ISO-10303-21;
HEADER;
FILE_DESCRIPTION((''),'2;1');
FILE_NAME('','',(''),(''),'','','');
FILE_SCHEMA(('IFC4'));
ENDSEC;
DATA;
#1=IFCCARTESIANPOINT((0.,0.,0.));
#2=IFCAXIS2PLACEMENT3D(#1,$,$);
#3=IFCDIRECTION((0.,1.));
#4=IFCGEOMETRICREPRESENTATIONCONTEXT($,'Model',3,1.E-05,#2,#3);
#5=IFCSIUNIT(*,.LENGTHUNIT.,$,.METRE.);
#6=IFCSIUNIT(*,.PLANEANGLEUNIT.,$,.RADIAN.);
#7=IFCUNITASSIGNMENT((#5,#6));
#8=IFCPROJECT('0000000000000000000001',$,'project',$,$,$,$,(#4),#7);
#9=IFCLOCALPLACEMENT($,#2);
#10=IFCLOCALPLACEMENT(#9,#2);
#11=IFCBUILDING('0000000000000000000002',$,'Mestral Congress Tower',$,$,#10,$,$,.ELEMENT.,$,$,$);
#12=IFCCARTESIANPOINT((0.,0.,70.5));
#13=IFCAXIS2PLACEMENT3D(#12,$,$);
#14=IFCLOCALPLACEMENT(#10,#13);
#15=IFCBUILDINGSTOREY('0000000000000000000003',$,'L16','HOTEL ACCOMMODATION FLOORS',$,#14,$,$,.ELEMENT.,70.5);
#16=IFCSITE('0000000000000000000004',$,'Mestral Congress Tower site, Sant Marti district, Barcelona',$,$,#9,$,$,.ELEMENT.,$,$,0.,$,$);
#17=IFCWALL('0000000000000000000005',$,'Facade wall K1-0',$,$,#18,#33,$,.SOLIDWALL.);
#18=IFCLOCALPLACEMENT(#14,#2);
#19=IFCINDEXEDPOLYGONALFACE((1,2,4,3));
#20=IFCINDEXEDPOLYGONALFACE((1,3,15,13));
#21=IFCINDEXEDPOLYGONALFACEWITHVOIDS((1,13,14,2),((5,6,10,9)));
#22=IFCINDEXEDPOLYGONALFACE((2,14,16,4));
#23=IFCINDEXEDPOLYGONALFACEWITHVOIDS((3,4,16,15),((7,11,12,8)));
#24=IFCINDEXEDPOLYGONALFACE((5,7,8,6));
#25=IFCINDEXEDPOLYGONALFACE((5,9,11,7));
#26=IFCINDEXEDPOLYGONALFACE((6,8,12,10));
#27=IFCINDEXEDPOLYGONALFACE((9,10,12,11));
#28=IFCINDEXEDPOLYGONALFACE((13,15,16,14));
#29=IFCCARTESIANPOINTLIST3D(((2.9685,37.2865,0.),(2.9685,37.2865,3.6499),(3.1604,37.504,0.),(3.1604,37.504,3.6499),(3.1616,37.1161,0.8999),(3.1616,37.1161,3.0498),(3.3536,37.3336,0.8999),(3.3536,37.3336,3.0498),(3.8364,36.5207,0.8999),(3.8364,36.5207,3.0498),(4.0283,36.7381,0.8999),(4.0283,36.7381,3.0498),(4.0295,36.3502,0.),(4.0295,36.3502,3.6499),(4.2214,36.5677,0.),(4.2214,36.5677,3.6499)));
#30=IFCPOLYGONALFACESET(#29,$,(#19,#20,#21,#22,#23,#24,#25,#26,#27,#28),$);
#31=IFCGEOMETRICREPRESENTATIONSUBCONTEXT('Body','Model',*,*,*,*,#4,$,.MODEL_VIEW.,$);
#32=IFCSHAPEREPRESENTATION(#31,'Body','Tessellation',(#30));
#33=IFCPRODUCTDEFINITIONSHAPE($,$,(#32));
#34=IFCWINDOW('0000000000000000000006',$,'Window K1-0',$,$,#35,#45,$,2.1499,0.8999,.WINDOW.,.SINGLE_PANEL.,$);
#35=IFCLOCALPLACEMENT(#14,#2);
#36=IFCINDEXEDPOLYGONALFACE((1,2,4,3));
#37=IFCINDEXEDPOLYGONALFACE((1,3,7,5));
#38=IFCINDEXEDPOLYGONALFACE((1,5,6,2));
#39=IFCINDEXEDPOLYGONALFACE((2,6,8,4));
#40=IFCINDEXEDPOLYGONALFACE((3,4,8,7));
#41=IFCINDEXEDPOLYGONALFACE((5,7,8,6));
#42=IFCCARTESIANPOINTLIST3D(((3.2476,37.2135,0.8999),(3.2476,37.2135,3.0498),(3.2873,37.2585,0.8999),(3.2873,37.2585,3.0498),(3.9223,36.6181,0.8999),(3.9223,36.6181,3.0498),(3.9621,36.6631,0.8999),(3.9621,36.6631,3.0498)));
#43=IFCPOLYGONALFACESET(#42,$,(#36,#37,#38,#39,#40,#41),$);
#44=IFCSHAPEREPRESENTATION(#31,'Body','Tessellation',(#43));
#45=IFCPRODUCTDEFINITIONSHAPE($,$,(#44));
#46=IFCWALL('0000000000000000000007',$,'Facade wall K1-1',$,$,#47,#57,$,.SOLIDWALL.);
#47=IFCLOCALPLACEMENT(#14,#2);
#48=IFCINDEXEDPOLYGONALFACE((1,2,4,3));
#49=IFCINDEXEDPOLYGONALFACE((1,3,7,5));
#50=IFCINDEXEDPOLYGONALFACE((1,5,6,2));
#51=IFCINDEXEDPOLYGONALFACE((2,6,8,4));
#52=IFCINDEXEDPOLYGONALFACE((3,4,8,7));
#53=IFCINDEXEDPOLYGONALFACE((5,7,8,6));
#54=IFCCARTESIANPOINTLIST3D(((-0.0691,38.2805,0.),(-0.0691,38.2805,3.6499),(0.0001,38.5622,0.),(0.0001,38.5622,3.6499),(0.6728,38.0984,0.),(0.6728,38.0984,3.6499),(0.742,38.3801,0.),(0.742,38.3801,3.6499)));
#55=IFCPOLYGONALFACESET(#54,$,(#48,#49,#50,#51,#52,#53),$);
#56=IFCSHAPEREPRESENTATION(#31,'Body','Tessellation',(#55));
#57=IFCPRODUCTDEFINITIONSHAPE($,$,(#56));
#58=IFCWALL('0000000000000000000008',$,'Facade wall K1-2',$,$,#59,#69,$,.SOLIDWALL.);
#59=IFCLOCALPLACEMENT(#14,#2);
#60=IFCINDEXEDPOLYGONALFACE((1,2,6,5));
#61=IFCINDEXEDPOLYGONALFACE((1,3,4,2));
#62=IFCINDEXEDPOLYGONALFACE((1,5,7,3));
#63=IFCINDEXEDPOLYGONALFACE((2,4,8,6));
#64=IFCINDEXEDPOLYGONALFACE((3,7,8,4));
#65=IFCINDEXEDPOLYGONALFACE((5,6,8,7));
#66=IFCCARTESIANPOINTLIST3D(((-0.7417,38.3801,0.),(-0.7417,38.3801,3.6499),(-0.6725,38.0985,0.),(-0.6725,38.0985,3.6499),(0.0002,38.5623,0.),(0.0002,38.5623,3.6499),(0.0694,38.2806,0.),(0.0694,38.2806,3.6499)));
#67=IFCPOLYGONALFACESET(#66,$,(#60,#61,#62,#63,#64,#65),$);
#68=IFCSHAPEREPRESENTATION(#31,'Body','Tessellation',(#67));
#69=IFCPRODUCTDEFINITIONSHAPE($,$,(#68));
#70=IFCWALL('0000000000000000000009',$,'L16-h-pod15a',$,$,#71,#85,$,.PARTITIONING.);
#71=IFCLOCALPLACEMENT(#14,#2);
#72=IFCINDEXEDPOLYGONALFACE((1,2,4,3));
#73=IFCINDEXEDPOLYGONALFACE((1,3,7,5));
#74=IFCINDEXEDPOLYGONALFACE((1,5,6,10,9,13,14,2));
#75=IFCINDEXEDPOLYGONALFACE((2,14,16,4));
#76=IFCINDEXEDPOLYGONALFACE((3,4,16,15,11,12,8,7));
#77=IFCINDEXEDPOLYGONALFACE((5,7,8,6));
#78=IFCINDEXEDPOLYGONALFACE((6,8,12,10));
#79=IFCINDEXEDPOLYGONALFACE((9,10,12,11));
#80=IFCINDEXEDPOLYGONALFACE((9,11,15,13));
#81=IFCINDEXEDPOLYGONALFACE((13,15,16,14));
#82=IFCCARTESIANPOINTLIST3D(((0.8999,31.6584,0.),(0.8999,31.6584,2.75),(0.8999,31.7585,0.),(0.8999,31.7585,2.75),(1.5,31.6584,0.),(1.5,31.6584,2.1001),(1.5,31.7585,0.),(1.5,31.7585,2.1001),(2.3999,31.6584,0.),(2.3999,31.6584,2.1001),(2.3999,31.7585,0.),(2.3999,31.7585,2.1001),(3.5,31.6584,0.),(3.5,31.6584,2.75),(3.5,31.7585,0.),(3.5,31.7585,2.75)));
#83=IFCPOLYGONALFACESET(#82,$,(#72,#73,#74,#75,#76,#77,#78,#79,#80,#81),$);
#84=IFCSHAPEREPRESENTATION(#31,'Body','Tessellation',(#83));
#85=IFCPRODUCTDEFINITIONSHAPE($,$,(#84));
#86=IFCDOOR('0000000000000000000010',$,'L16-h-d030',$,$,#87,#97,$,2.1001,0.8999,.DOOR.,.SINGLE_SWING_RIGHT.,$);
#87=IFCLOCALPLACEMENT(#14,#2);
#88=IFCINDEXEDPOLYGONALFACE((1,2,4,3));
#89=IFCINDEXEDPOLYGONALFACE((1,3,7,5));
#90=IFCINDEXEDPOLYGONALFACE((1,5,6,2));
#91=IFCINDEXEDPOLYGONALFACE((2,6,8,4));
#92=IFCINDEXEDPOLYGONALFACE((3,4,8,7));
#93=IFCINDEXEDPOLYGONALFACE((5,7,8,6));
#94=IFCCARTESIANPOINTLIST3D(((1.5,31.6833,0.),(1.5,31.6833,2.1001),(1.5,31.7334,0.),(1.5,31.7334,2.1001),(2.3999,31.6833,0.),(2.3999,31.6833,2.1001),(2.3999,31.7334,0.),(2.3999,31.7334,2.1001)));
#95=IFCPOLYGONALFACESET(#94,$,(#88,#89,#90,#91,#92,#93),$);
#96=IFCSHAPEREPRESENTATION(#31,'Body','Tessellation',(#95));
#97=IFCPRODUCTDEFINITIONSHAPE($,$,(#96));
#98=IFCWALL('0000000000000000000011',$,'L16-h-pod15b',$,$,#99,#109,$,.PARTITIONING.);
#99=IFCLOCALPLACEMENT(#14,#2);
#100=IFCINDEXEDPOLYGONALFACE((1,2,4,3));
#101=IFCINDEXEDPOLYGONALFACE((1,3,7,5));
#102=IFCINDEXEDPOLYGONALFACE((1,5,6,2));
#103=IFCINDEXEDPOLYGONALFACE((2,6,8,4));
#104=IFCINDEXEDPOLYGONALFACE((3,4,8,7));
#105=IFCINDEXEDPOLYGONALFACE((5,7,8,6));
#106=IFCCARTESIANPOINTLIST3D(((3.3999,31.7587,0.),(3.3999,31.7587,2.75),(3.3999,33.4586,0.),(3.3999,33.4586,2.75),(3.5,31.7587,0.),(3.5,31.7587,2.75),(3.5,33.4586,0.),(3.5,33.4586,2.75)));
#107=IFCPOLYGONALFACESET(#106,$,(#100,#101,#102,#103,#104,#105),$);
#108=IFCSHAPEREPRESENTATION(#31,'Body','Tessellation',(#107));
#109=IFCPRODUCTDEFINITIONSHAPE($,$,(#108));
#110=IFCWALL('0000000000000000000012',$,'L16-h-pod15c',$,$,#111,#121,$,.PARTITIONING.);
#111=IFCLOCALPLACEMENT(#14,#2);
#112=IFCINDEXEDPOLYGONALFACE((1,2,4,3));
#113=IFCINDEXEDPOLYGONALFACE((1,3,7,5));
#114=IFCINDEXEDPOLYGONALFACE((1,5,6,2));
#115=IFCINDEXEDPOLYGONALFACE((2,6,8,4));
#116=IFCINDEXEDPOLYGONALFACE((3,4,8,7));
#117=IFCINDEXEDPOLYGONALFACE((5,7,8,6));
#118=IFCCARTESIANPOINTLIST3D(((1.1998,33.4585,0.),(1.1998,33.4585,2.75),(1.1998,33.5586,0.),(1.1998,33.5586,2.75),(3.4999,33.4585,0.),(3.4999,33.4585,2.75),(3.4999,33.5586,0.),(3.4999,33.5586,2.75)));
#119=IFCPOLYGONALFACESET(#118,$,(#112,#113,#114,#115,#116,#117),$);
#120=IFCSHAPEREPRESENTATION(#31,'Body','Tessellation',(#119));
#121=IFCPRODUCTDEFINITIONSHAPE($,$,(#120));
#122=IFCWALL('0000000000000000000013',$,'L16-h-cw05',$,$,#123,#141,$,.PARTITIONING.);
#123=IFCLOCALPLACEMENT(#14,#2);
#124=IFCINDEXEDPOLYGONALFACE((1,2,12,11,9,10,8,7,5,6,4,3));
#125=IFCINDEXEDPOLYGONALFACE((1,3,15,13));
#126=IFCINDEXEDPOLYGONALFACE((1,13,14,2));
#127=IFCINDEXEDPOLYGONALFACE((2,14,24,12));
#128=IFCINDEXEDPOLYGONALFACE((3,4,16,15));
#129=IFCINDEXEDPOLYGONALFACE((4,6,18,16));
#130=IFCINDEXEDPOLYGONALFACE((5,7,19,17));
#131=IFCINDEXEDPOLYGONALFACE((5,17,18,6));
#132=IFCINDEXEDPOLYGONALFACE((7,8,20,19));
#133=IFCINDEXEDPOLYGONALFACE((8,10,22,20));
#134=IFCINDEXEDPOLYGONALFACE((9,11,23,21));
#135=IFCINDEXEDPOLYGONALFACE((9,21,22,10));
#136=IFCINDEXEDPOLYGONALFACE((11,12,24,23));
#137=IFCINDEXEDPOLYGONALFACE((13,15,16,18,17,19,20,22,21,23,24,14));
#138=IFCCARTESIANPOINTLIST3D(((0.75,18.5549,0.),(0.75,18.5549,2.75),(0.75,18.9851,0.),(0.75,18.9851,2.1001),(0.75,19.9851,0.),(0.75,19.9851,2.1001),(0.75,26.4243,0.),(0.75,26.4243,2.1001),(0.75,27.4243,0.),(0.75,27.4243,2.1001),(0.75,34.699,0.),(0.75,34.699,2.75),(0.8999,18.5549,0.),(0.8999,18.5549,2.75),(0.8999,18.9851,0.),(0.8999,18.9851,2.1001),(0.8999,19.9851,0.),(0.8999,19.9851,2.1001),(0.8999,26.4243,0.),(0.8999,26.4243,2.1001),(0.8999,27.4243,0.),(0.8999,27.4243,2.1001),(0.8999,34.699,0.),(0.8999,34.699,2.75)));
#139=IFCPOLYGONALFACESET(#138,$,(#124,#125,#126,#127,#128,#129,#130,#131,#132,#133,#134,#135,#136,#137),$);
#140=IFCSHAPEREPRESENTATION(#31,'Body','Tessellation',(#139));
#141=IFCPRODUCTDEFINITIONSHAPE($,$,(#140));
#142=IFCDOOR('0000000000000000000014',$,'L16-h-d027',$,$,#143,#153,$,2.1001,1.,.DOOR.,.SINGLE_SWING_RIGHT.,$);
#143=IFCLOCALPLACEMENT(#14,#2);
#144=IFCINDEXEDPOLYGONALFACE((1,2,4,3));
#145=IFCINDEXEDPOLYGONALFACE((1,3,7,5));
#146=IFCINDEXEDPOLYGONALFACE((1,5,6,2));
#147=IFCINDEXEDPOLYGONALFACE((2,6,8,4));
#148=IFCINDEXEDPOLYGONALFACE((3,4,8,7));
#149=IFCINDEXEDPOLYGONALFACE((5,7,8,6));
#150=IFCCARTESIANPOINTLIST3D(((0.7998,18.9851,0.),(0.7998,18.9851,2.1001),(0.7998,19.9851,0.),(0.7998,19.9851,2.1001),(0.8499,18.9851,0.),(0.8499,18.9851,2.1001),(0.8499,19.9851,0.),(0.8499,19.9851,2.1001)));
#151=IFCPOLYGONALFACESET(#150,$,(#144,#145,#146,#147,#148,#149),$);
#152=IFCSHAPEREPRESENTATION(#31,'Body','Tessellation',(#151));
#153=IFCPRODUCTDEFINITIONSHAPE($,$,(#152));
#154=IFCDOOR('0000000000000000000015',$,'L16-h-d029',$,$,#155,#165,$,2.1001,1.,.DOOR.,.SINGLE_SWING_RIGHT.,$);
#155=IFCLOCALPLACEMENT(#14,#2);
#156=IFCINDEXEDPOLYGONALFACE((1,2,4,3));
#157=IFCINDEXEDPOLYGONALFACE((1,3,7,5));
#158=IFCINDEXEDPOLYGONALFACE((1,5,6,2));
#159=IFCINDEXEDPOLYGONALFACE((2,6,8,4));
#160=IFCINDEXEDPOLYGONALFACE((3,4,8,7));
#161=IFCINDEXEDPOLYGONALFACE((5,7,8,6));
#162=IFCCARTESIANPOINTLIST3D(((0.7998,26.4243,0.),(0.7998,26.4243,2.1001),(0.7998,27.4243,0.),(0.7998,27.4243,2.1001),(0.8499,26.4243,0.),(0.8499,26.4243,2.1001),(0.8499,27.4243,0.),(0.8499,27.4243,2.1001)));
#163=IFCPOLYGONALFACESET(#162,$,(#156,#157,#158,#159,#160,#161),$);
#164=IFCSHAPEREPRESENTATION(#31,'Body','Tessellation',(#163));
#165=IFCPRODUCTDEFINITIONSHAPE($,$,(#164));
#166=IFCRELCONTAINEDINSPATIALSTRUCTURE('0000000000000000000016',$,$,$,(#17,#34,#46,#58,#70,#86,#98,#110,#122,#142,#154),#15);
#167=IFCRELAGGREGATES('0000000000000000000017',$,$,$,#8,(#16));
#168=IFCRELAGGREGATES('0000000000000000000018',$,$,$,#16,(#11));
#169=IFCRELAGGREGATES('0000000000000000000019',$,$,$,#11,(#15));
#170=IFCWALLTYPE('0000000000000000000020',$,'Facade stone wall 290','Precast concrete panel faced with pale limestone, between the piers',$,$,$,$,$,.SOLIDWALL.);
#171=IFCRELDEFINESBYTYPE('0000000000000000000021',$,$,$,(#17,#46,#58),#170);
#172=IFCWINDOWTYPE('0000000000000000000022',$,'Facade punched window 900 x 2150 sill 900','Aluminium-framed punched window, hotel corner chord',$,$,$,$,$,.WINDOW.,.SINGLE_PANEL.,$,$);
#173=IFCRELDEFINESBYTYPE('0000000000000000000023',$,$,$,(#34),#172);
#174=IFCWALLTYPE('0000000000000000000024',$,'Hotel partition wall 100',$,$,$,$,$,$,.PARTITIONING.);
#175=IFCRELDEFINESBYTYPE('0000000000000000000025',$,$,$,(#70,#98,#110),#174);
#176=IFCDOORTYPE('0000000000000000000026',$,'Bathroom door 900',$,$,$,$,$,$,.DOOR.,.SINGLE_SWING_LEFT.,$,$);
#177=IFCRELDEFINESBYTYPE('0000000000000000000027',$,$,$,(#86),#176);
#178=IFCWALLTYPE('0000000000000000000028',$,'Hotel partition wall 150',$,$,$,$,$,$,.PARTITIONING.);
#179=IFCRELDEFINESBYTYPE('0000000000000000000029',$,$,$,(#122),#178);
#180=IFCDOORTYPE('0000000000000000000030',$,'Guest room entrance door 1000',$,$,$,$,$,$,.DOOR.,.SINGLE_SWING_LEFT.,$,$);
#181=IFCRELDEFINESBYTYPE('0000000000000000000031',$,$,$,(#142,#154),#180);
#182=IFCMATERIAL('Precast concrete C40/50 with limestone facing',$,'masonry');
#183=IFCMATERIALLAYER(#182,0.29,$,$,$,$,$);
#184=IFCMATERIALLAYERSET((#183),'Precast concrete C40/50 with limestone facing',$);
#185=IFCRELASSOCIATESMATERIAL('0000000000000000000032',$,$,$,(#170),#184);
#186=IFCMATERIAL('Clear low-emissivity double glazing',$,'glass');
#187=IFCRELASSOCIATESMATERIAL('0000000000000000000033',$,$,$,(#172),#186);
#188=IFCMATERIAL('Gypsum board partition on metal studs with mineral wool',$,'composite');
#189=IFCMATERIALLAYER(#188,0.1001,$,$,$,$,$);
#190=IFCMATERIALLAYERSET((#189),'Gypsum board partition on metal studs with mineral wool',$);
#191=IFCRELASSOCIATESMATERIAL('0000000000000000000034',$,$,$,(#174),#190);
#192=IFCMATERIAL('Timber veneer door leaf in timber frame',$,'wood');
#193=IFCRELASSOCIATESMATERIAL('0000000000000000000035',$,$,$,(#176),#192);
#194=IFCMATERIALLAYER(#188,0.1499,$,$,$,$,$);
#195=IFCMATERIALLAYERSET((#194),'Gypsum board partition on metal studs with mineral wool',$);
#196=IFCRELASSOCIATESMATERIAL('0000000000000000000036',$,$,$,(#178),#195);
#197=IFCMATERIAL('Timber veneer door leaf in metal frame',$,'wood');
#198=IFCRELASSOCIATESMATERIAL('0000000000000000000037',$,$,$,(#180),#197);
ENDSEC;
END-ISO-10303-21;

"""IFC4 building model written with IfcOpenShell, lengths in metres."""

from ifc_helpers import new_model, si_unit, direction, frame, frame_2d, origin, place, context, subcontext, project, spatial, rectangle, extrude, material, layer, layer_set, type_object, element, fill, save


model = new_model("IFC4")

# Units and contexts
model_context = context("Model", 3, precision=1e-05, world=origin(), true_north=direction((0.0, 1.0)))
body_context = subcontext(model_context, "Body", "Model", "MODEL_VIEW")
ifc_project = project(units=[si_unit("LENGTHUNIT", "METRE"), si_unit("PLANEANGLEUNIT", "RADIAN")], contexts=[model_context])

# Site, building, storey
site_placement = place(None, origin())
site = spatial("IfcSite", under=ifc_project, at=site_placement, Name="Mestral Congress Tower site, Sant Marti district, Barcelona", CompositionType="ELEMENT", RefElevation=0.0)
building_placement = place(site_placement, origin())
building = spatial("IfcBuilding", under=site, at=building_placement, Name="Mestral Congress Tower", CompositionType="ELEMENT")
storey_placement = place(building_placement, frame((0.0, 0.0, 70.5)))
storey = spatial("IfcBuildingStorey", under=building, at=storey_placement, Name="L16", Description="HOTEL ACCOMMODATION FLOORS", CompositionType="ELEMENT", Elevation=70.5)

# Wall, opening, window
ifc_material_1 = material(Name="Precast concrete C40/50 with limestone facing", Category="masonry")
ifc_layer_1 = layer(ifc_material_1, 0.29)
ifc_layer_set_1 = layer_set([ifc_layer_1], Name="Precast concrete C40/50 with limestone facing")
wall_type_1 = type_object("IfcWallType", Name="Facade stone wall 290", Description="Precast concrete panel faced with pale limestone, between the piers", PredefinedType="SOLIDWALL", material=ifc_layer_set_1)
wall_1_placement = place(storey_placement, frame((4.1255, 36.459, 0.0), z_axis=(0.0, 0.0, 1.0), x_axis=(-0.749813, 0.66165, 0.0)))
wall_1 = element("IfcWall", 1, at=wall_1_placement, inside=storey, type_object=wall_type_1, Name="Facade wall K1-0", PredefinedType="SOLIDWALL", context=body_context, shape_type="SweptSolid", body=[
    extrude(rectangle(XDim=1.415, YDim=0.29, at=frame_2d((0.7075, 0.0))), origin(), (0.0, 0.0, 1.0), 3.6499),
])
opening_1_placement = place(wall_1_placement, frame((0.2576, 0.0, 0.8999)))
opening_1 = element("IfcOpeningElement", 2, at=opening_1_placement, cuts=wall_1, PredefinedType="OPENING", context=body_context, shape_type="SweptSolid", body=[
    extrude(rectangle(XDim=0.8999, YDim=2.1499, at=frame_2d((0.45, 1.075))), frame((0.0, 0.155, 0.0), z_axis=(0.0, -1.0, 0.0), x_axis=(1.0, 0.0, 0.0)), (0.0, 0.0, 1.0), 0.3101),
])
ifc_material_2 = material(Name="Clear low-emissivity double glazing", Category="glass")
window_type = type_object("IfcWindowType", Name="Facade punched window 900 x 2150 sill 900", Description="Aluminium-framed punched window, hotel corner chord", PartitioningType="SINGLE_PANEL", PredefinedType="WINDOW", material=ifc_material_2)
window_placement = place(opening_1_placement, origin())
window = element("IfcWindow", 3, at=window_placement, inside=storey, type_object=window_type, Name="Window K1-0", OverallHeight=2.1499, OverallWidth=0.8999, PartitioningType="SINGLE_PANEL", PredefinedType="WINDOW", context=body_context, shape_type="SweptSolid", body=[
    extrude(rectangle(XDim=0.8999, YDim=2.1499, at=frame_2d((0.45, 1.075))), frame((0.0, 0.0151, 0.0), z_axis=(0.0, -1.0, 0.0), x_axis=(1.0, 0.0, 0.0)), (0.0, 0.0, 1.0), 0.0601),
])
fill(opening_1, window)

# Walls
for number, where, z_axis, x_axis, name in (
    (4, (0.7073, 38.2393, 0.0), (0.0, 0.0, 1.0), (-0.971168, 0.238398, 0.0), "Facade wall K1-1"),
    (5, (0.0347, 38.4214, 0.0), (0.0, 0.0, 1.0), (-0.971168, -0.238398, 0.0), "Facade wall K1-2"),
):
    element("IfcWall", number, at=place(storey_placement, frame(where, z_axis=z_axis, x_axis=x_axis)), inside=storey, type_object=wall_type_1, Name=name, PredefinedType="SOLIDWALL", context=body_context, shape_type="SweptSolid", body=[
        extrude(rectangle(XDim=0.7639, YDim=0.29, at=frame_2d((0.3818, 0.0))), origin(), (0.0, 0.0, 1.0), 3.6499),
    ])

# Wall, opening, door
ifc_material_3 = material(Name="Gypsum board partition on metal studs with mineral wool", Category="composite")
ifc_layer_2 = layer(ifc_material_3, 0.1001)
ifc_layer_set_2 = layer_set([ifc_layer_2], Name="Gypsum board partition on metal studs with mineral wool")
wall_type_2 = type_object("IfcWallType", Name="Hotel partition wall 100", PredefinedType="PARTITIONING", material=ifc_layer_set_2)
wall_2_placement = place(storey_placement, frame((0.8999, 31.7085, 0.0), z_axis=(0.0, 0.0, 1.0), x_axis=(1.0, 0.0, 0.0)))
wall_2 = element("IfcWall", 6, at=wall_2_placement, inside=storey, type_object=wall_type_2, Name="L16-h-pod15a", PredefinedType="PARTITIONING", context=body_context, shape_type="SweptSolid", body=[
    extrude(rectangle(XDim=2.6001, YDim=0.1001, at=frame_2d((1.3, 0.0))), origin(), (0.0, 0.0, 1.0), 2.75),
])
opening_2_placement = place(wall_2_placement, frame((0.6001, 0.0, 0.0)))
opening_2 = element("IfcOpeningElement", 7, at=opening_2_placement, cuts=wall_2, PredefinedType="OPENING", context=body_context, shape_type="SweptSolid", body=[
    extrude(rectangle(XDim=0.8999, YDim=2.1001, at=frame_2d((0.45, 1.05))), frame((0.0, 0.0601, 0.0), z_axis=(0.0, -1.0, 0.0), x_axis=(1.0, 0.0, 0.0)), (0.0, 0.0, 1.0), 0.1201),
])
ifc_material_4 = material(Name="Timber veneer door leaf in timber frame", Category="wood")
door_type_1 = type_object("IfcDoorType", Name="Bathroom door 900", OperationType="SINGLE_SWING_LEFT", PredefinedType="DOOR", material=ifc_material_4)
door_1_placement = place(opening_2_placement, origin())
door_1 = element("IfcDoor", 8, at=door_1_placement, inside=storey, type_object=door_type_1, Name="L16-h-d030", OperationType="SINGLE_SWING_RIGHT", OverallHeight=2.1001, OverallWidth=0.8999, PredefinedType="DOOR", context=body_context, shape_type="SweptSolid", body=[
    extrude(rectangle(XDim=0.8999, YDim=2.1001, at=frame_2d((0.45, 1.05))), frame((0.0, 0.0249, 0.0), z_axis=(0.0, -1.0, 0.0), x_axis=(1.0, 0.0, 0.0)), (0.0, 0.0, 1.0), 0.05),
])
fill(opening_2, door_1)

# Walls
wall_3_placement = place(storey_placement, frame((3.45, 31.7585, 0.0), z_axis=(0.0, 0.0, 1.0), x_axis=(0.0, 1.0, 0.0)))
element("IfcWall", 9, at=wall_3_placement, inside=storey, type_object=wall_type_2, Name="L16-h-pod15b", PredefinedType="PARTITIONING", context=body_context, shape_type="SweptSolid", body=[
    extrude(rectangle(XDim=1.7, YDim=0.1001, at=frame_2d((0.8501, 0.0))), origin(), (0.0, 0.0, 1.0), 2.75),
])
wall_4_placement = place(storey_placement, frame((1.2, 33.5085, 0.0), z_axis=(0.0, 0.0, 1.0), x_axis=(1.0, 0.0, 0.0)))
element("IfcWall", 10, at=wall_4_placement, inside=storey, type_object=wall_type_2, Name="L16-h-pod15c", PredefinedType="PARTITIONING", context=body_context, shape_type="SweptSolid", body=[
    extrude(rectangle(XDim=2.3, YDim=0.1001, at=frame_2d((1.1499, 0.0))), origin(), (0.0, 0.0, 1.0), 2.75),
])

# Wall, openings, doors
ifc_layer_3 = layer(ifc_material_3, 0.1499)
ifc_layer_set_3 = layer_set([ifc_layer_3], Name="Gypsum board partition on metal studs with mineral wool")
wall_type_3 = type_object("IfcWallType", Name="Hotel partition wall 150", PredefinedType="PARTITIONING", material=ifc_layer_set_3)
wall_5_placement = place(storey_placement, frame((0.825, 34.699, 0.0), z_axis=(0.0, 0.0, 1.0), x_axis=(0.0, -1.0, 0.0)))
wall_5 = element("IfcWall", 11, at=wall_5_placement, inside=storey, type_object=wall_type_3, Name="L16-h-cw05", PredefinedType="PARTITIONING", context=body_context, shape_type="SweptSolid", body=[
    extrude(rectangle(XDim=16.144, YDim=0.1499, at=frame_2d((8.072, 0.0))), origin(), (0.0, 0.0, 1.0), 2.75),
])
opening_3_placement = place(wall_5_placement, frame((14.7139, 0.0, 0.0)))
opening_3 = element("IfcOpeningElement", 12, at=opening_3_placement, cuts=wall_5, PredefinedType="OPENING", context=body_context, shape_type="SweptSolid", body=[
    extrude(rectangle(XDim=1.0, YDim=2.1001, at=frame_2d((0.5, 1.05))), frame((0.0, 0.085, 0.0), z_axis=(0.0, -1.0, 0.0), x_axis=(1.0, 0.0, 0.0)), (0.0, 0.0, 1.0), 0.1699),
])
opening_4_placement = place(wall_5_placement, frame((7.2747, 0.0, 0.0)))
opening_4 = element("IfcOpeningElement", 13, at=opening_4_placement, cuts=wall_5, PredefinedType="OPENING", context=body_context, shape_type="SweptSolid", body=[
    extrude(rectangle(XDim=1.0, YDim=2.1001, at=frame_2d((0.5, 1.05))), frame((0.0, 0.085, 0.0), z_axis=(0.0, -1.0, 0.0), x_axis=(1.0, 0.0, 0.0)), (0.0, 0.0, 1.0), 0.1699),
])
ifc_material_5 = material(Name="Timber veneer door leaf in metal frame", Category="wood")
door_type_2 = type_object("IfcDoorType", Name="Guest room entrance door 1000", OperationType="SINGLE_SWING_LEFT", PredefinedType="DOOR", material=ifc_material_5)
door_2_placement = place(opening_3_placement, origin())
door_2 = element("IfcDoor", 14, at=door_2_placement, inside=storey, type_object=door_type_2, Name="L16-h-d027", OperationType="SINGLE_SWING_RIGHT", OverallHeight=2.1001, OverallWidth=1.0, PredefinedType="DOOR", context=body_context, shape_type="SweptSolid", body=[
    extrude(rectangle(XDim=1.0, YDim=2.1001, at=frame_2d((0.5, 1.05))), frame((0.0, 0.0249, 0.0), z_axis=(0.0, -1.0, 0.0), x_axis=(1.0, 0.0, 0.0)), (0.0, 0.0, 1.0), 0.05),
])
fill(opening_3, door_2)
door_3_placement = place(opening_4_placement, origin())
door_3 = element("IfcDoor", 15, at=door_3_placement, inside=storey, type_object=door_type_2, Name="L16-h-d029", OperationType="SINGLE_SWING_RIGHT", OverallHeight=2.1001, OverallWidth=1.0, PredefinedType="DOOR", context=body_context, shape_type="SweptSolid", body=[
    extrude(rectangle(XDim=1.0, YDim=2.1001, at=frame_2d((0.5, 1.05))), frame((0.0, 0.0249, 0.0), z_axis=(0.0, -1.0, 0.0), x_axis=(1.0, 0.0, 0.0)), (0.0, 0.0, 1.0), 0.05),
])
fill(opening_4, door_3)

save(model, "model.ifc")
